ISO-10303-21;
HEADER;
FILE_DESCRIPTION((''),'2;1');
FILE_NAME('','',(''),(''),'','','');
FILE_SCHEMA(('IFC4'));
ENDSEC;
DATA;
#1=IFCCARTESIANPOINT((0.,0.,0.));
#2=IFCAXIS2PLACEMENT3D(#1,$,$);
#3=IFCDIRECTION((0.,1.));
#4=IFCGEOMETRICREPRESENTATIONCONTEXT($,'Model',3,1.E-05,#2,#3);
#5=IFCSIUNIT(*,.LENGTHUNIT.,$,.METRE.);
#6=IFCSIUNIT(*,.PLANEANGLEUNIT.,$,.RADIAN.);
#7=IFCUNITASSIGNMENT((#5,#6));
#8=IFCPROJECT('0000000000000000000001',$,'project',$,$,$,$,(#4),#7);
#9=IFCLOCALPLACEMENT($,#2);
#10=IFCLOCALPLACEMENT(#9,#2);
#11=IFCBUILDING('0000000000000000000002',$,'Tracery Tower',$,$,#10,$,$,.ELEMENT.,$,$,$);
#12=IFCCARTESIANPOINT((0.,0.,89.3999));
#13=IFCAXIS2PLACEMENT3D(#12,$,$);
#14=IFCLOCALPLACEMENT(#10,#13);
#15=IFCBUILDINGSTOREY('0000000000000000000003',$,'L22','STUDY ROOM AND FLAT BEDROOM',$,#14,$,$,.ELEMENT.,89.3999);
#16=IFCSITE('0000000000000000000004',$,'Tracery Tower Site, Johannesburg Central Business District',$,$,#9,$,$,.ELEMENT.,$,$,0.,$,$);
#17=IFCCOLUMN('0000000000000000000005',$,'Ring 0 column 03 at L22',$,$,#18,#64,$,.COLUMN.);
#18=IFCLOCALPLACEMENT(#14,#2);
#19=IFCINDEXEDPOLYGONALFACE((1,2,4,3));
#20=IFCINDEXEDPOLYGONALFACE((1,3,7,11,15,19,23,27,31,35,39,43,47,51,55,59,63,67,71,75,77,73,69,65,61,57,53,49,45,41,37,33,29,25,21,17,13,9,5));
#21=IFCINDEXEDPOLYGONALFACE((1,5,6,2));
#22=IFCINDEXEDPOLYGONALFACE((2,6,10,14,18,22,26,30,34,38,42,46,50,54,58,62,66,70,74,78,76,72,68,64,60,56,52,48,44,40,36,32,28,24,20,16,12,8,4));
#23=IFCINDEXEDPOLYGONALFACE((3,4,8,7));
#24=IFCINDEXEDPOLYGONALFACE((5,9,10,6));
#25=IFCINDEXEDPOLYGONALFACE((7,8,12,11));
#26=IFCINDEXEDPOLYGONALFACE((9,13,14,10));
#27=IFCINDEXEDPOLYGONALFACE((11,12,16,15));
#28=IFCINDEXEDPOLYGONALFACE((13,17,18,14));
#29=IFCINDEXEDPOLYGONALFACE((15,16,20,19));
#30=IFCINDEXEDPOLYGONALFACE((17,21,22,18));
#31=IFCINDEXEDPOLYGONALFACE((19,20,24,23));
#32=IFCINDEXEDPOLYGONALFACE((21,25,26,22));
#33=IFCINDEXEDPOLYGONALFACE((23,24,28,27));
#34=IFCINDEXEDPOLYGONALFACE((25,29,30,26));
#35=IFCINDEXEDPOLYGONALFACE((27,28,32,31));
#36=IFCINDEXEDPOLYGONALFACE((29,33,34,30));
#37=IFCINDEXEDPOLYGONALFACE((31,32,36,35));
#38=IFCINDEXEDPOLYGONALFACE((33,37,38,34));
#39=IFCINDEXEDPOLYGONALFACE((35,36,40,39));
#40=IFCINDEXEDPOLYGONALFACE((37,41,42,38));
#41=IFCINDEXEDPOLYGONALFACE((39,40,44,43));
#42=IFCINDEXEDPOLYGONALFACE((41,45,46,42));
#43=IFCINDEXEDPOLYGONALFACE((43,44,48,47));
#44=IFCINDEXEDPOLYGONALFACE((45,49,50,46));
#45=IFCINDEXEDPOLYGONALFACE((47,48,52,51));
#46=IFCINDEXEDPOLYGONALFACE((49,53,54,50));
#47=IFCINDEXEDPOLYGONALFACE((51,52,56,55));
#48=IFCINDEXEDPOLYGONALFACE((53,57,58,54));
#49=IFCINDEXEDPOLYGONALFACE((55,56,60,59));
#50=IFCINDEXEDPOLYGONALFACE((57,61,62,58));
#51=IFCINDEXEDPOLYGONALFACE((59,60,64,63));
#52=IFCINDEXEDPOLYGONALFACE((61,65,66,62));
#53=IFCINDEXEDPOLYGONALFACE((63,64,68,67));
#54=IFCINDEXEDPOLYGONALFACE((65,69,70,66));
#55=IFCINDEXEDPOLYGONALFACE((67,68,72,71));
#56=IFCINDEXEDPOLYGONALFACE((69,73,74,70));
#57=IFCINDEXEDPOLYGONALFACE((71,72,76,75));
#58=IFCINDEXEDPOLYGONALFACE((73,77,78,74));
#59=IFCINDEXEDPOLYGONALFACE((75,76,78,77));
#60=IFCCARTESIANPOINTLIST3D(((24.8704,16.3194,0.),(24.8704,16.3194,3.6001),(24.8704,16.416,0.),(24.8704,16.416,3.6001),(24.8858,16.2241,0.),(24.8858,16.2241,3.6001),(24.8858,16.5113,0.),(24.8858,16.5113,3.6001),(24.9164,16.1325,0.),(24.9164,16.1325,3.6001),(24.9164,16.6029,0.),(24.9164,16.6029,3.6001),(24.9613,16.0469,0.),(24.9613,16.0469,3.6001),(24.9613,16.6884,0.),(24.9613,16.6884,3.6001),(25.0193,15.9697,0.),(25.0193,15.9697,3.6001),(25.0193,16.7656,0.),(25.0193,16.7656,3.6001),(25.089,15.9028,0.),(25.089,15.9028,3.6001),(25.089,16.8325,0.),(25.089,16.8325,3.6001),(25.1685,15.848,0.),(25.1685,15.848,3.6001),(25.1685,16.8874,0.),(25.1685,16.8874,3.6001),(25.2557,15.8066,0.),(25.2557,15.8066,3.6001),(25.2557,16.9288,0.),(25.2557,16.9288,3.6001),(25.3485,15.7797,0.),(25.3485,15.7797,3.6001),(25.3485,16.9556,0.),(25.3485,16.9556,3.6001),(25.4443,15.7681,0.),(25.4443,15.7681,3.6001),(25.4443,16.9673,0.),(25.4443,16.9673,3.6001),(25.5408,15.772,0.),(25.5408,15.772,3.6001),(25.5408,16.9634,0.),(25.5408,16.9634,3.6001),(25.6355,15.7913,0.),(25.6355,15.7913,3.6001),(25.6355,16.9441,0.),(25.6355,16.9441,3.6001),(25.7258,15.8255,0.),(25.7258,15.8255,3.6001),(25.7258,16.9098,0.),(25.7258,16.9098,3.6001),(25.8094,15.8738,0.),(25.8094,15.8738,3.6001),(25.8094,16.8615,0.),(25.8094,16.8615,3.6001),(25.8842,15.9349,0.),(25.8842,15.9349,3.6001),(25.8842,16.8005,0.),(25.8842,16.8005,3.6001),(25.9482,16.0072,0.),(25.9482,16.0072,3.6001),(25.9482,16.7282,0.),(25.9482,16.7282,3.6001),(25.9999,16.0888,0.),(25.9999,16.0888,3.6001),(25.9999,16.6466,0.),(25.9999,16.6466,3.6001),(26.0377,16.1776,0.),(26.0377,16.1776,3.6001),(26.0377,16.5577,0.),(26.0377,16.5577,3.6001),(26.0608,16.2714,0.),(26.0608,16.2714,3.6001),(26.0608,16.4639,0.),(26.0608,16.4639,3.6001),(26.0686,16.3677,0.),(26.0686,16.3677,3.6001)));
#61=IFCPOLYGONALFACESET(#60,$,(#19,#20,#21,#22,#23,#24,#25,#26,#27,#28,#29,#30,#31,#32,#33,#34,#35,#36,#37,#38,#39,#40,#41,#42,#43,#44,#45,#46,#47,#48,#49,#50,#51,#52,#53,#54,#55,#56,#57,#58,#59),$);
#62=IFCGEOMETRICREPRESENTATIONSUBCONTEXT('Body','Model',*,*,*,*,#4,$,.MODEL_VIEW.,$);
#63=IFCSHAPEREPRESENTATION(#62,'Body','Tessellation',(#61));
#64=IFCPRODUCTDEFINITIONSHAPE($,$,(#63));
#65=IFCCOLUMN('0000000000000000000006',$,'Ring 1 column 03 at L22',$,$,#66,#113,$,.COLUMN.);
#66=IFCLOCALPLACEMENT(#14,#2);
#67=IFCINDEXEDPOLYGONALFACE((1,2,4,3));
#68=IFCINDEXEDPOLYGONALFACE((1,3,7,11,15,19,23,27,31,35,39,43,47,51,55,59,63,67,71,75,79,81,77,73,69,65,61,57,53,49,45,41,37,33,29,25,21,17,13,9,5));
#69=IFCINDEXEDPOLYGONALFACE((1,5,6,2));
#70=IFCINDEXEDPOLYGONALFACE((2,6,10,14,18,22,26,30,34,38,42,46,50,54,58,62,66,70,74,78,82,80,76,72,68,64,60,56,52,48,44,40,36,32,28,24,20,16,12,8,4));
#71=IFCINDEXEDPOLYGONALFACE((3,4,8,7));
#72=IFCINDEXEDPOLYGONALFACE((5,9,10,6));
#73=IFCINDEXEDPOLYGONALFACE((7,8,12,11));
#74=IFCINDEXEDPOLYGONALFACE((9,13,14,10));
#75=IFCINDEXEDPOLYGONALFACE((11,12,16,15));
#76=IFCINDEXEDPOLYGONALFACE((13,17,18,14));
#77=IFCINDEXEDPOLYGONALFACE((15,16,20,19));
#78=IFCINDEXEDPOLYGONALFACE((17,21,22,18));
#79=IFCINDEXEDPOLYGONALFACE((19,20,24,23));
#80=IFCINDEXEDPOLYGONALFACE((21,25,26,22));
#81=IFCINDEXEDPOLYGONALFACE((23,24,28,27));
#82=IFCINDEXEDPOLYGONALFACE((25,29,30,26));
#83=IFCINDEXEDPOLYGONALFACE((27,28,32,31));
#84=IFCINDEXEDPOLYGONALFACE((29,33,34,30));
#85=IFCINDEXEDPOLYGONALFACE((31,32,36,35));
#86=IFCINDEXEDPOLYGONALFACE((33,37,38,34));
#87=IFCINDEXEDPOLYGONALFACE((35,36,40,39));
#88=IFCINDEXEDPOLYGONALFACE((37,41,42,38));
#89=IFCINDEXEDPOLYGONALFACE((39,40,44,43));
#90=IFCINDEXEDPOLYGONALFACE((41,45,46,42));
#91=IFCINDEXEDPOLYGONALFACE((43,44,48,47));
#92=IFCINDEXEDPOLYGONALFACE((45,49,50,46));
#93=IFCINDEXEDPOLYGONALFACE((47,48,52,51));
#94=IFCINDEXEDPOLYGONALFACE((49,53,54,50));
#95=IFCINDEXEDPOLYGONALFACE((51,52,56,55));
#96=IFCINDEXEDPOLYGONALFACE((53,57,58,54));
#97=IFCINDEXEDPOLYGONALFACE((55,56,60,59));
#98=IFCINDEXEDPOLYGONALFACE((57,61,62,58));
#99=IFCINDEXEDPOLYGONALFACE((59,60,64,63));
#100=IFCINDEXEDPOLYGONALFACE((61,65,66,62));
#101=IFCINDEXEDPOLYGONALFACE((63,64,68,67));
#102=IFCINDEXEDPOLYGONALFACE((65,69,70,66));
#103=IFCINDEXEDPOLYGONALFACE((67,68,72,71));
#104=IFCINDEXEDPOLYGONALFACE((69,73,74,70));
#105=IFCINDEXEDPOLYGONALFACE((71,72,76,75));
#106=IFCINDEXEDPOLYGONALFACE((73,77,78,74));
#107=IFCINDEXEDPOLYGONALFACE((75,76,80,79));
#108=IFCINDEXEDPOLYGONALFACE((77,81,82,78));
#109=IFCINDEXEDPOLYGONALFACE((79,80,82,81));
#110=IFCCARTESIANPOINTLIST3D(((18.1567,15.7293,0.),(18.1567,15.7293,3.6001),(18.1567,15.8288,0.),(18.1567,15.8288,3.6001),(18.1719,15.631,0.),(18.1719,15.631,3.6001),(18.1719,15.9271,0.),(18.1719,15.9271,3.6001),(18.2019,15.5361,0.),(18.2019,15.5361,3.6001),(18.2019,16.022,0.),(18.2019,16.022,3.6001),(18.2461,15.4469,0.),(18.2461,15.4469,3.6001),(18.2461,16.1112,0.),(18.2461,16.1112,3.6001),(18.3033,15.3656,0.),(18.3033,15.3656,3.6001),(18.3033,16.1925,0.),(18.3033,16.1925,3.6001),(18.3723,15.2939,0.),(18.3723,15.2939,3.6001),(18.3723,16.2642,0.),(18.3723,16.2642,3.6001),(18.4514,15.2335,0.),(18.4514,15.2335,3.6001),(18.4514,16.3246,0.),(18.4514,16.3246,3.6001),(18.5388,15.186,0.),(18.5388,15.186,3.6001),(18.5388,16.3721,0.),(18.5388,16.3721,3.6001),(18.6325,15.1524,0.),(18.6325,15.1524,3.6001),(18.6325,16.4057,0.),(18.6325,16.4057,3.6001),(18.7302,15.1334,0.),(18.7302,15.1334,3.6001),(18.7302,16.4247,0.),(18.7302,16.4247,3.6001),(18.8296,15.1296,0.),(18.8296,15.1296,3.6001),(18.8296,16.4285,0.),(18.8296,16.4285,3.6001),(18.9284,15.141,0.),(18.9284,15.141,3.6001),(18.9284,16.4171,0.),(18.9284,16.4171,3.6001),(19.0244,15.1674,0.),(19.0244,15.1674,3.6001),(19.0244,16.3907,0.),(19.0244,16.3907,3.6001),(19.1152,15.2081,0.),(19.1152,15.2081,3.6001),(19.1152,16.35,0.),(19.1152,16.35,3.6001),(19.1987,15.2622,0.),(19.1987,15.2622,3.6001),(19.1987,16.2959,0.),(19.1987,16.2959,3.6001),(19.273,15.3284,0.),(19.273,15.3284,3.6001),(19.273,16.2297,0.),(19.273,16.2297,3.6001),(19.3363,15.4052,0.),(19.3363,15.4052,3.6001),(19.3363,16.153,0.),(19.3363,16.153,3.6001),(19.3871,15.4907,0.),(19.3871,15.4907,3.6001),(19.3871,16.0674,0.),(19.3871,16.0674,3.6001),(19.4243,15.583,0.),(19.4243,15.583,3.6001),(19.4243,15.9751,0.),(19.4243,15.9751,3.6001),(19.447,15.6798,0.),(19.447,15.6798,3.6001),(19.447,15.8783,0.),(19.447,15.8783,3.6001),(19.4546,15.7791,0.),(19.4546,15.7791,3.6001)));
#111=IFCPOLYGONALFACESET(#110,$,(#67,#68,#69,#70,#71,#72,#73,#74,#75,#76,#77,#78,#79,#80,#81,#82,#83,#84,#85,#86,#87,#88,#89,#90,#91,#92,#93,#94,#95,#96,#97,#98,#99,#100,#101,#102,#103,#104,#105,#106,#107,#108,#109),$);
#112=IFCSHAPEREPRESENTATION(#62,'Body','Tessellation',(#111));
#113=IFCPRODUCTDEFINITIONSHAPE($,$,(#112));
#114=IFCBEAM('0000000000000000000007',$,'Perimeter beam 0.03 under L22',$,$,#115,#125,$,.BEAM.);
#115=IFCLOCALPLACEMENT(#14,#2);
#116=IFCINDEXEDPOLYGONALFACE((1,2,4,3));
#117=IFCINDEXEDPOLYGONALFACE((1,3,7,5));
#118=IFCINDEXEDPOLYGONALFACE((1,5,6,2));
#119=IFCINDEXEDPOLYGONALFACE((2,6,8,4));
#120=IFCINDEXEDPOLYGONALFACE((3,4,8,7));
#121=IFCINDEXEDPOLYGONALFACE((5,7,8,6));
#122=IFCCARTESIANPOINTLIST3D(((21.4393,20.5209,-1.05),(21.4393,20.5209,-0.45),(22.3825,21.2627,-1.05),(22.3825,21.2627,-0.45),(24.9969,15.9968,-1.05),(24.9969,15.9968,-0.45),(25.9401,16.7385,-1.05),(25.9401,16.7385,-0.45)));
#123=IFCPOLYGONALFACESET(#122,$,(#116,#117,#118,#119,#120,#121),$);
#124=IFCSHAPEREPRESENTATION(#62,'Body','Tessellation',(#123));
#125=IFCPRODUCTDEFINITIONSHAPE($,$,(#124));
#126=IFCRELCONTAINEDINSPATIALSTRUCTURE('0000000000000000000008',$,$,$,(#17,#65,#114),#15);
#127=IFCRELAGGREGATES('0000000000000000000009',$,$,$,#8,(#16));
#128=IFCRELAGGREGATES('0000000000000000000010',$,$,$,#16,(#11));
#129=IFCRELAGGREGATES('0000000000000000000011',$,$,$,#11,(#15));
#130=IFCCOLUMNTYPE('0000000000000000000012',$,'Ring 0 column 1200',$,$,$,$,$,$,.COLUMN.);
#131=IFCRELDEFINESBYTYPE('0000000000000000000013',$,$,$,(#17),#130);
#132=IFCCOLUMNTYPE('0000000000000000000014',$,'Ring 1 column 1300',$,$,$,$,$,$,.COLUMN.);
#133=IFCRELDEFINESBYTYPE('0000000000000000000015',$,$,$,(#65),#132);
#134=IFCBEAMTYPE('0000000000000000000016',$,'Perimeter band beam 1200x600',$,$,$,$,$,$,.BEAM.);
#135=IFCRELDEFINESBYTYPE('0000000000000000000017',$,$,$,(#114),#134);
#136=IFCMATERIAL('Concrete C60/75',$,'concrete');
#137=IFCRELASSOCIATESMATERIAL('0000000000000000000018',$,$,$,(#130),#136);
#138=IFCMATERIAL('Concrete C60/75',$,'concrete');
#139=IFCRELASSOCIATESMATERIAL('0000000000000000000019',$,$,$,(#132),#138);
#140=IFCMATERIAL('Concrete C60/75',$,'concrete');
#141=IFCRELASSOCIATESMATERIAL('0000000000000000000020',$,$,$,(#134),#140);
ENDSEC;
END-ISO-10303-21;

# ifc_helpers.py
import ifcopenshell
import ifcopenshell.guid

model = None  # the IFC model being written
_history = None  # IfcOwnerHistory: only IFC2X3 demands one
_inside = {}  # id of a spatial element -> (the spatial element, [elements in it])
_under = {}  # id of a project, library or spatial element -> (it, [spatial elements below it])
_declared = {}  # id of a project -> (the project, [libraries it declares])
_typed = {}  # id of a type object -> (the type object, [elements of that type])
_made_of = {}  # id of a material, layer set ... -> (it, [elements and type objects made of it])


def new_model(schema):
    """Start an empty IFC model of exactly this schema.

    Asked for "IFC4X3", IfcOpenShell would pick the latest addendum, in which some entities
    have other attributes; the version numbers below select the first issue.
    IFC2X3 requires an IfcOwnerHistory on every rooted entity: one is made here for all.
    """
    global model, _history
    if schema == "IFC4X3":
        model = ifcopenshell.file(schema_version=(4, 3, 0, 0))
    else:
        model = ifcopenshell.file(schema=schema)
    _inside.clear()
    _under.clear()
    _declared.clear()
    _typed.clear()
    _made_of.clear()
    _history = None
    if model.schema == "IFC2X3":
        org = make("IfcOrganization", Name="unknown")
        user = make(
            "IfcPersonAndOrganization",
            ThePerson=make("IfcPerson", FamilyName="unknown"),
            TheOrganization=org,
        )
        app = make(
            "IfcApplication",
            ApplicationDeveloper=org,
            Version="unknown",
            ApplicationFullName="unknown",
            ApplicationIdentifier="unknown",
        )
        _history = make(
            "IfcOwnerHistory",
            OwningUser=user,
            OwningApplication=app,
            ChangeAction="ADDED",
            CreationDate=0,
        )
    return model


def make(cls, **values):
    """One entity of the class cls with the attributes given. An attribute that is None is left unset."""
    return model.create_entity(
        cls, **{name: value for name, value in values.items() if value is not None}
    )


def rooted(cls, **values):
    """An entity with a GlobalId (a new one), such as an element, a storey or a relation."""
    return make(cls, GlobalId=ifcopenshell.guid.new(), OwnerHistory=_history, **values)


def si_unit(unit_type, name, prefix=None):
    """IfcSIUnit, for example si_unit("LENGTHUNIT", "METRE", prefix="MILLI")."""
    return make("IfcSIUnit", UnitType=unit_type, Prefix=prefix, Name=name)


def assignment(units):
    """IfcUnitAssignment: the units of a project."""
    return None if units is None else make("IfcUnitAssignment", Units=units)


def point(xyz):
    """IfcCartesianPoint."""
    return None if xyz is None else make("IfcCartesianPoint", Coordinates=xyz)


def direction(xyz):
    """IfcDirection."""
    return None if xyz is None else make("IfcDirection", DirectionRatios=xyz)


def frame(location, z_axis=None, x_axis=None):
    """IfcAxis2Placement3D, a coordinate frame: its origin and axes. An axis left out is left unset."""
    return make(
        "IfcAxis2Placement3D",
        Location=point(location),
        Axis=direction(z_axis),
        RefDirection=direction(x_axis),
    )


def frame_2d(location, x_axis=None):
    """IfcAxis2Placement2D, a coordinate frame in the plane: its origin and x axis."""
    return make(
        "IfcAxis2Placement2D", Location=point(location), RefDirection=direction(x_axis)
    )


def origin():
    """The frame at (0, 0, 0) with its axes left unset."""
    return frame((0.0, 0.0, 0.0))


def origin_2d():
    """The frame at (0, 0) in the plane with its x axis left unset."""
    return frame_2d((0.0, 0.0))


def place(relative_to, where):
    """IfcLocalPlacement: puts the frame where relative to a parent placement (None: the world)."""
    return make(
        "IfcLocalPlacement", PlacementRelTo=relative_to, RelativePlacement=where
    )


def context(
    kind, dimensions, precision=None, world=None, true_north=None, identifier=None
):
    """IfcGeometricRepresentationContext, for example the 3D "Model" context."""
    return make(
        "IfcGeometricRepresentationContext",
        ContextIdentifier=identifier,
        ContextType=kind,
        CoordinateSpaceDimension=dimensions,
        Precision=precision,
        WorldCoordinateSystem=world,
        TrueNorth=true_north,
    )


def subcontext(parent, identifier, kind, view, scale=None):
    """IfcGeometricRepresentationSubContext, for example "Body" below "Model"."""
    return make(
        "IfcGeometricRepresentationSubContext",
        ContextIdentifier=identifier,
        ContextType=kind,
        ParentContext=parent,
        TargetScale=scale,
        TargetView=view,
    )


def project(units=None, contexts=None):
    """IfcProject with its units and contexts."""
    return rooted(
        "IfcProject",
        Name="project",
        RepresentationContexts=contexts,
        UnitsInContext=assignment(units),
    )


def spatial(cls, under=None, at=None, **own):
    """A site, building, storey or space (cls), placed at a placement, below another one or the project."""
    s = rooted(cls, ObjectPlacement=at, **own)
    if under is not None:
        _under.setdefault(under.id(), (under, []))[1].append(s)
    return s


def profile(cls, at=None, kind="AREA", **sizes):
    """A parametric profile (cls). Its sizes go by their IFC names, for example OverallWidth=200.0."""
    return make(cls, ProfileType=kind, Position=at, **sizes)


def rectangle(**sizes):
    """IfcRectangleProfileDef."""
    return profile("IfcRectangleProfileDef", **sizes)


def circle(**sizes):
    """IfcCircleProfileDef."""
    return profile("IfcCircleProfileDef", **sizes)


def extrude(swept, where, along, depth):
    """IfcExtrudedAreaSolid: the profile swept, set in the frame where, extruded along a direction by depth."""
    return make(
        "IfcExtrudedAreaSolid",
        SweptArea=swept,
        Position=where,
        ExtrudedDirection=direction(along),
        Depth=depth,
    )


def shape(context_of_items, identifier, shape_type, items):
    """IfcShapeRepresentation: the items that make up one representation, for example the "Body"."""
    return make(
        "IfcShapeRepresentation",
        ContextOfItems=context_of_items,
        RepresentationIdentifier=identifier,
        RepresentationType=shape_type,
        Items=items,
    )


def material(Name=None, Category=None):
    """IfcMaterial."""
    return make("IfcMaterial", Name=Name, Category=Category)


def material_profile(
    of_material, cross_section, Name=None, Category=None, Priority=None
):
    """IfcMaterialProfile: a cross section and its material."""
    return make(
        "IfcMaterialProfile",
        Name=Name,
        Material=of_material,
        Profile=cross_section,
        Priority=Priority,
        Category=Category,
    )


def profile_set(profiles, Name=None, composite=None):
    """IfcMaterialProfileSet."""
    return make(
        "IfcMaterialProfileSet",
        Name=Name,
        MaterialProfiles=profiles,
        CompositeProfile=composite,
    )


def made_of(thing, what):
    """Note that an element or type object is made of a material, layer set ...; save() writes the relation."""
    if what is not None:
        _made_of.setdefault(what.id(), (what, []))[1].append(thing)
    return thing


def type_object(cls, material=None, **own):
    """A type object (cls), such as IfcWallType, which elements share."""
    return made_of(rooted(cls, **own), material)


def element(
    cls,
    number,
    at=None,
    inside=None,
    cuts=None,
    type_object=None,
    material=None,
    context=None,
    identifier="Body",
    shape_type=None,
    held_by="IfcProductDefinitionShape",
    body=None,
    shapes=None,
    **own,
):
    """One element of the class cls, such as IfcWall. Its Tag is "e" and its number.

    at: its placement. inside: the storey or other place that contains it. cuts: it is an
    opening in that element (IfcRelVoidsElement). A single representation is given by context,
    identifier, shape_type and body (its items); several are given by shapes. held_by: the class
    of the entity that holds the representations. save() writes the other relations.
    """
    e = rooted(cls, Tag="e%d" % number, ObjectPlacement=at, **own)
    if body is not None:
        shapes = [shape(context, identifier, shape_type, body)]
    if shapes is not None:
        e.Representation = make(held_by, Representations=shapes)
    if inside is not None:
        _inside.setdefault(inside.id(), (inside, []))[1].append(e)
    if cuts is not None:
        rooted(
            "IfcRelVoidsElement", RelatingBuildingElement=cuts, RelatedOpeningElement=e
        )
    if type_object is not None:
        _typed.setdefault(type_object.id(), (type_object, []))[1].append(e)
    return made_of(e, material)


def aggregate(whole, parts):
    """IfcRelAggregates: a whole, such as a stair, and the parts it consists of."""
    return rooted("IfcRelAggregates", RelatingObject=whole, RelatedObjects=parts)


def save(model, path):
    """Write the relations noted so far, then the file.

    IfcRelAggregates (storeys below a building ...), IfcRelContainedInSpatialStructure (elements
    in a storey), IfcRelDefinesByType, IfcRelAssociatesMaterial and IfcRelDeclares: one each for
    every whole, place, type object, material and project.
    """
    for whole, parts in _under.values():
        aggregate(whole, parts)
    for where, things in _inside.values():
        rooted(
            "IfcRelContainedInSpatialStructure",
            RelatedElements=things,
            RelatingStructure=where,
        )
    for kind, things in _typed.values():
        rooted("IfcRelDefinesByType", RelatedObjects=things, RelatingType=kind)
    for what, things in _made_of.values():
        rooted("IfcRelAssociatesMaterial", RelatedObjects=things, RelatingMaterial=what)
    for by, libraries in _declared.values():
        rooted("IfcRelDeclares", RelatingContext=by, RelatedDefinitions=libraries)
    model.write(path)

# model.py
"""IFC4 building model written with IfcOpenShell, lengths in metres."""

from ifc_helpers import new_model, si_unit, direction, frame, origin, origin_2d, place, context, subcontext, project, spatial, rectangle, circle, extrude, material, material_profile, profile_set, type_object, element, save


model = new_model("IFC4")

# Units and contexts
model_context = context("Model", 3, precision=1e-05, world=origin(), true_north=direction((0.0, 1.0)))
body_context = subcontext(model_context, "Body", "Model", "MODEL_VIEW")
ifc_project = project(units=[si_unit("LENGTHUNIT", "METRE"), si_unit("PLANEANGLEUNIT", "RADIAN")], contexts=[model_context])

# Site, building, storey
site_placement = place(None, origin())
site = spatial("IfcSite", under=ifc_project, at=site_placement, Name="Tracery Tower Site, Johannesburg Central Business District", CompositionType="ELEMENT", RefElevation=0.0)
building_placement = place(site_placement, origin())
building = spatial("IfcBuilding", under=site, at=building_placement, Name="Tracery Tower", CompositionType="ELEMENT")
storey_placement = place(building_placement, frame((0.0, 0.0, 89.3999)))
storey = spatial("IfcBuildingStorey", under=building, at=storey_placement, Name="L22", Description="STUDY ROOM AND FLAT BEDROOM", CompositionType="ELEMENT", Elevation=89.3999)

# Columns
ifc_material_1 = material(Name="Concrete C60/75", Category="concrete")
ifc_material_profile_1 = material_profile(ifc_material_1, circle(Radius=0.6001, at=origin_2d()), Name="RC D1200")
ifc_profile_set_1 = profile_set([ifc_material_profile_1], Name="Concrete C60/75")
column_type_1 = type_object("IfcColumnType", Name="Ring 0 column 1200", PredefinedType="COLUMN", material=ifc_profile_set_1)
column_1_placement = place(storey_placement, frame((25.4685, 16.3677, 0.0), z_axis=(0.0, 0.0, 1.0), x_axis=(1.0, 0.0, 0.0)))
element("IfcColumn", 1, at=column_1_placement, inside=storey, type_object=column_type_1, Name="Ring 0 column 03 at L22", PredefinedType="COLUMN", context=body_context, shape_type="SweptSolid", body=[
    extrude(circle(Radius=0.6001, at=origin_2d()), origin(), (0.0, 0.0, 1.0), 3.6001),
])
ifc_material_2 = material(Name="Concrete C60/75", Category="concrete")
ifc_material_profile_2 = material_profile(ifc_material_2, circle(Radius=0.6499, at=origin_2d()), Name="RC D1300")
ifc_profile_set_2 = profile_set([ifc_material_profile_2], Name="Concrete C60/75")
column_type_2 = type_object("IfcColumnType", Name="Ring 1 column 1300", PredefinedType="COLUMN", material=ifc_profile_set_2)
column_2_placement = place(storey_placement, frame((18.8047, 15.7791, 0.0), z_axis=(0.0, 0.0, 1.0), x_axis=(1.0, 0.0, 0.0)))
element("IfcColumn", 2, at=column_2_placement, inside=storey, type_object=column_type_2, Name="Ring 1 column 03 at L22", PredefinedType="COLUMN", context=body_context, shape_type="SweptSolid", body=[
    extrude(circle(Radius=0.6499, at=origin_2d()), origin(), (0.0, 0.0, 1.0), 3.6001),
])

# Beam
ifc_material_3 = material(Name="Concrete C60/75", Category="concrete")
ifc_material_profile_3 = material_profile(ifc_material_3, rectangle(XDim=1.2, YDim=0.6001, at=origin_2d()), Name="RC 1200x600")
ifc_profile_set_3 = profile_set([ifc_material_profile_3], Name="Concrete C60/75")
beam_type = type_object("IfcBeamType", Name="Perimeter band beam 1200x600", PredefinedType="BEAM", material=ifc_profile_set_3)
beam_placement = place(storey_placement, frame((25.4685, 16.3677, -0.75), z_axis=(-0.618134, 0.786072, 0.0), x_axis=(-0.786072, -0.618134, 0.0)))
element("IfcBeam", 3, at=beam_placement, inside=storey, type_object=beam_type, Name="Perimeter beam 0.03 under L22", PredefinedType="BEAM", context=body_context, shape_type="SweptSolid", body=[
    extrude(rectangle(XDim=1.2, YDim=0.6001, at=origin_2d()), origin(), (0.0, 0.0, 1.0), 5.7554),
])

save(model, "model.ifc")
